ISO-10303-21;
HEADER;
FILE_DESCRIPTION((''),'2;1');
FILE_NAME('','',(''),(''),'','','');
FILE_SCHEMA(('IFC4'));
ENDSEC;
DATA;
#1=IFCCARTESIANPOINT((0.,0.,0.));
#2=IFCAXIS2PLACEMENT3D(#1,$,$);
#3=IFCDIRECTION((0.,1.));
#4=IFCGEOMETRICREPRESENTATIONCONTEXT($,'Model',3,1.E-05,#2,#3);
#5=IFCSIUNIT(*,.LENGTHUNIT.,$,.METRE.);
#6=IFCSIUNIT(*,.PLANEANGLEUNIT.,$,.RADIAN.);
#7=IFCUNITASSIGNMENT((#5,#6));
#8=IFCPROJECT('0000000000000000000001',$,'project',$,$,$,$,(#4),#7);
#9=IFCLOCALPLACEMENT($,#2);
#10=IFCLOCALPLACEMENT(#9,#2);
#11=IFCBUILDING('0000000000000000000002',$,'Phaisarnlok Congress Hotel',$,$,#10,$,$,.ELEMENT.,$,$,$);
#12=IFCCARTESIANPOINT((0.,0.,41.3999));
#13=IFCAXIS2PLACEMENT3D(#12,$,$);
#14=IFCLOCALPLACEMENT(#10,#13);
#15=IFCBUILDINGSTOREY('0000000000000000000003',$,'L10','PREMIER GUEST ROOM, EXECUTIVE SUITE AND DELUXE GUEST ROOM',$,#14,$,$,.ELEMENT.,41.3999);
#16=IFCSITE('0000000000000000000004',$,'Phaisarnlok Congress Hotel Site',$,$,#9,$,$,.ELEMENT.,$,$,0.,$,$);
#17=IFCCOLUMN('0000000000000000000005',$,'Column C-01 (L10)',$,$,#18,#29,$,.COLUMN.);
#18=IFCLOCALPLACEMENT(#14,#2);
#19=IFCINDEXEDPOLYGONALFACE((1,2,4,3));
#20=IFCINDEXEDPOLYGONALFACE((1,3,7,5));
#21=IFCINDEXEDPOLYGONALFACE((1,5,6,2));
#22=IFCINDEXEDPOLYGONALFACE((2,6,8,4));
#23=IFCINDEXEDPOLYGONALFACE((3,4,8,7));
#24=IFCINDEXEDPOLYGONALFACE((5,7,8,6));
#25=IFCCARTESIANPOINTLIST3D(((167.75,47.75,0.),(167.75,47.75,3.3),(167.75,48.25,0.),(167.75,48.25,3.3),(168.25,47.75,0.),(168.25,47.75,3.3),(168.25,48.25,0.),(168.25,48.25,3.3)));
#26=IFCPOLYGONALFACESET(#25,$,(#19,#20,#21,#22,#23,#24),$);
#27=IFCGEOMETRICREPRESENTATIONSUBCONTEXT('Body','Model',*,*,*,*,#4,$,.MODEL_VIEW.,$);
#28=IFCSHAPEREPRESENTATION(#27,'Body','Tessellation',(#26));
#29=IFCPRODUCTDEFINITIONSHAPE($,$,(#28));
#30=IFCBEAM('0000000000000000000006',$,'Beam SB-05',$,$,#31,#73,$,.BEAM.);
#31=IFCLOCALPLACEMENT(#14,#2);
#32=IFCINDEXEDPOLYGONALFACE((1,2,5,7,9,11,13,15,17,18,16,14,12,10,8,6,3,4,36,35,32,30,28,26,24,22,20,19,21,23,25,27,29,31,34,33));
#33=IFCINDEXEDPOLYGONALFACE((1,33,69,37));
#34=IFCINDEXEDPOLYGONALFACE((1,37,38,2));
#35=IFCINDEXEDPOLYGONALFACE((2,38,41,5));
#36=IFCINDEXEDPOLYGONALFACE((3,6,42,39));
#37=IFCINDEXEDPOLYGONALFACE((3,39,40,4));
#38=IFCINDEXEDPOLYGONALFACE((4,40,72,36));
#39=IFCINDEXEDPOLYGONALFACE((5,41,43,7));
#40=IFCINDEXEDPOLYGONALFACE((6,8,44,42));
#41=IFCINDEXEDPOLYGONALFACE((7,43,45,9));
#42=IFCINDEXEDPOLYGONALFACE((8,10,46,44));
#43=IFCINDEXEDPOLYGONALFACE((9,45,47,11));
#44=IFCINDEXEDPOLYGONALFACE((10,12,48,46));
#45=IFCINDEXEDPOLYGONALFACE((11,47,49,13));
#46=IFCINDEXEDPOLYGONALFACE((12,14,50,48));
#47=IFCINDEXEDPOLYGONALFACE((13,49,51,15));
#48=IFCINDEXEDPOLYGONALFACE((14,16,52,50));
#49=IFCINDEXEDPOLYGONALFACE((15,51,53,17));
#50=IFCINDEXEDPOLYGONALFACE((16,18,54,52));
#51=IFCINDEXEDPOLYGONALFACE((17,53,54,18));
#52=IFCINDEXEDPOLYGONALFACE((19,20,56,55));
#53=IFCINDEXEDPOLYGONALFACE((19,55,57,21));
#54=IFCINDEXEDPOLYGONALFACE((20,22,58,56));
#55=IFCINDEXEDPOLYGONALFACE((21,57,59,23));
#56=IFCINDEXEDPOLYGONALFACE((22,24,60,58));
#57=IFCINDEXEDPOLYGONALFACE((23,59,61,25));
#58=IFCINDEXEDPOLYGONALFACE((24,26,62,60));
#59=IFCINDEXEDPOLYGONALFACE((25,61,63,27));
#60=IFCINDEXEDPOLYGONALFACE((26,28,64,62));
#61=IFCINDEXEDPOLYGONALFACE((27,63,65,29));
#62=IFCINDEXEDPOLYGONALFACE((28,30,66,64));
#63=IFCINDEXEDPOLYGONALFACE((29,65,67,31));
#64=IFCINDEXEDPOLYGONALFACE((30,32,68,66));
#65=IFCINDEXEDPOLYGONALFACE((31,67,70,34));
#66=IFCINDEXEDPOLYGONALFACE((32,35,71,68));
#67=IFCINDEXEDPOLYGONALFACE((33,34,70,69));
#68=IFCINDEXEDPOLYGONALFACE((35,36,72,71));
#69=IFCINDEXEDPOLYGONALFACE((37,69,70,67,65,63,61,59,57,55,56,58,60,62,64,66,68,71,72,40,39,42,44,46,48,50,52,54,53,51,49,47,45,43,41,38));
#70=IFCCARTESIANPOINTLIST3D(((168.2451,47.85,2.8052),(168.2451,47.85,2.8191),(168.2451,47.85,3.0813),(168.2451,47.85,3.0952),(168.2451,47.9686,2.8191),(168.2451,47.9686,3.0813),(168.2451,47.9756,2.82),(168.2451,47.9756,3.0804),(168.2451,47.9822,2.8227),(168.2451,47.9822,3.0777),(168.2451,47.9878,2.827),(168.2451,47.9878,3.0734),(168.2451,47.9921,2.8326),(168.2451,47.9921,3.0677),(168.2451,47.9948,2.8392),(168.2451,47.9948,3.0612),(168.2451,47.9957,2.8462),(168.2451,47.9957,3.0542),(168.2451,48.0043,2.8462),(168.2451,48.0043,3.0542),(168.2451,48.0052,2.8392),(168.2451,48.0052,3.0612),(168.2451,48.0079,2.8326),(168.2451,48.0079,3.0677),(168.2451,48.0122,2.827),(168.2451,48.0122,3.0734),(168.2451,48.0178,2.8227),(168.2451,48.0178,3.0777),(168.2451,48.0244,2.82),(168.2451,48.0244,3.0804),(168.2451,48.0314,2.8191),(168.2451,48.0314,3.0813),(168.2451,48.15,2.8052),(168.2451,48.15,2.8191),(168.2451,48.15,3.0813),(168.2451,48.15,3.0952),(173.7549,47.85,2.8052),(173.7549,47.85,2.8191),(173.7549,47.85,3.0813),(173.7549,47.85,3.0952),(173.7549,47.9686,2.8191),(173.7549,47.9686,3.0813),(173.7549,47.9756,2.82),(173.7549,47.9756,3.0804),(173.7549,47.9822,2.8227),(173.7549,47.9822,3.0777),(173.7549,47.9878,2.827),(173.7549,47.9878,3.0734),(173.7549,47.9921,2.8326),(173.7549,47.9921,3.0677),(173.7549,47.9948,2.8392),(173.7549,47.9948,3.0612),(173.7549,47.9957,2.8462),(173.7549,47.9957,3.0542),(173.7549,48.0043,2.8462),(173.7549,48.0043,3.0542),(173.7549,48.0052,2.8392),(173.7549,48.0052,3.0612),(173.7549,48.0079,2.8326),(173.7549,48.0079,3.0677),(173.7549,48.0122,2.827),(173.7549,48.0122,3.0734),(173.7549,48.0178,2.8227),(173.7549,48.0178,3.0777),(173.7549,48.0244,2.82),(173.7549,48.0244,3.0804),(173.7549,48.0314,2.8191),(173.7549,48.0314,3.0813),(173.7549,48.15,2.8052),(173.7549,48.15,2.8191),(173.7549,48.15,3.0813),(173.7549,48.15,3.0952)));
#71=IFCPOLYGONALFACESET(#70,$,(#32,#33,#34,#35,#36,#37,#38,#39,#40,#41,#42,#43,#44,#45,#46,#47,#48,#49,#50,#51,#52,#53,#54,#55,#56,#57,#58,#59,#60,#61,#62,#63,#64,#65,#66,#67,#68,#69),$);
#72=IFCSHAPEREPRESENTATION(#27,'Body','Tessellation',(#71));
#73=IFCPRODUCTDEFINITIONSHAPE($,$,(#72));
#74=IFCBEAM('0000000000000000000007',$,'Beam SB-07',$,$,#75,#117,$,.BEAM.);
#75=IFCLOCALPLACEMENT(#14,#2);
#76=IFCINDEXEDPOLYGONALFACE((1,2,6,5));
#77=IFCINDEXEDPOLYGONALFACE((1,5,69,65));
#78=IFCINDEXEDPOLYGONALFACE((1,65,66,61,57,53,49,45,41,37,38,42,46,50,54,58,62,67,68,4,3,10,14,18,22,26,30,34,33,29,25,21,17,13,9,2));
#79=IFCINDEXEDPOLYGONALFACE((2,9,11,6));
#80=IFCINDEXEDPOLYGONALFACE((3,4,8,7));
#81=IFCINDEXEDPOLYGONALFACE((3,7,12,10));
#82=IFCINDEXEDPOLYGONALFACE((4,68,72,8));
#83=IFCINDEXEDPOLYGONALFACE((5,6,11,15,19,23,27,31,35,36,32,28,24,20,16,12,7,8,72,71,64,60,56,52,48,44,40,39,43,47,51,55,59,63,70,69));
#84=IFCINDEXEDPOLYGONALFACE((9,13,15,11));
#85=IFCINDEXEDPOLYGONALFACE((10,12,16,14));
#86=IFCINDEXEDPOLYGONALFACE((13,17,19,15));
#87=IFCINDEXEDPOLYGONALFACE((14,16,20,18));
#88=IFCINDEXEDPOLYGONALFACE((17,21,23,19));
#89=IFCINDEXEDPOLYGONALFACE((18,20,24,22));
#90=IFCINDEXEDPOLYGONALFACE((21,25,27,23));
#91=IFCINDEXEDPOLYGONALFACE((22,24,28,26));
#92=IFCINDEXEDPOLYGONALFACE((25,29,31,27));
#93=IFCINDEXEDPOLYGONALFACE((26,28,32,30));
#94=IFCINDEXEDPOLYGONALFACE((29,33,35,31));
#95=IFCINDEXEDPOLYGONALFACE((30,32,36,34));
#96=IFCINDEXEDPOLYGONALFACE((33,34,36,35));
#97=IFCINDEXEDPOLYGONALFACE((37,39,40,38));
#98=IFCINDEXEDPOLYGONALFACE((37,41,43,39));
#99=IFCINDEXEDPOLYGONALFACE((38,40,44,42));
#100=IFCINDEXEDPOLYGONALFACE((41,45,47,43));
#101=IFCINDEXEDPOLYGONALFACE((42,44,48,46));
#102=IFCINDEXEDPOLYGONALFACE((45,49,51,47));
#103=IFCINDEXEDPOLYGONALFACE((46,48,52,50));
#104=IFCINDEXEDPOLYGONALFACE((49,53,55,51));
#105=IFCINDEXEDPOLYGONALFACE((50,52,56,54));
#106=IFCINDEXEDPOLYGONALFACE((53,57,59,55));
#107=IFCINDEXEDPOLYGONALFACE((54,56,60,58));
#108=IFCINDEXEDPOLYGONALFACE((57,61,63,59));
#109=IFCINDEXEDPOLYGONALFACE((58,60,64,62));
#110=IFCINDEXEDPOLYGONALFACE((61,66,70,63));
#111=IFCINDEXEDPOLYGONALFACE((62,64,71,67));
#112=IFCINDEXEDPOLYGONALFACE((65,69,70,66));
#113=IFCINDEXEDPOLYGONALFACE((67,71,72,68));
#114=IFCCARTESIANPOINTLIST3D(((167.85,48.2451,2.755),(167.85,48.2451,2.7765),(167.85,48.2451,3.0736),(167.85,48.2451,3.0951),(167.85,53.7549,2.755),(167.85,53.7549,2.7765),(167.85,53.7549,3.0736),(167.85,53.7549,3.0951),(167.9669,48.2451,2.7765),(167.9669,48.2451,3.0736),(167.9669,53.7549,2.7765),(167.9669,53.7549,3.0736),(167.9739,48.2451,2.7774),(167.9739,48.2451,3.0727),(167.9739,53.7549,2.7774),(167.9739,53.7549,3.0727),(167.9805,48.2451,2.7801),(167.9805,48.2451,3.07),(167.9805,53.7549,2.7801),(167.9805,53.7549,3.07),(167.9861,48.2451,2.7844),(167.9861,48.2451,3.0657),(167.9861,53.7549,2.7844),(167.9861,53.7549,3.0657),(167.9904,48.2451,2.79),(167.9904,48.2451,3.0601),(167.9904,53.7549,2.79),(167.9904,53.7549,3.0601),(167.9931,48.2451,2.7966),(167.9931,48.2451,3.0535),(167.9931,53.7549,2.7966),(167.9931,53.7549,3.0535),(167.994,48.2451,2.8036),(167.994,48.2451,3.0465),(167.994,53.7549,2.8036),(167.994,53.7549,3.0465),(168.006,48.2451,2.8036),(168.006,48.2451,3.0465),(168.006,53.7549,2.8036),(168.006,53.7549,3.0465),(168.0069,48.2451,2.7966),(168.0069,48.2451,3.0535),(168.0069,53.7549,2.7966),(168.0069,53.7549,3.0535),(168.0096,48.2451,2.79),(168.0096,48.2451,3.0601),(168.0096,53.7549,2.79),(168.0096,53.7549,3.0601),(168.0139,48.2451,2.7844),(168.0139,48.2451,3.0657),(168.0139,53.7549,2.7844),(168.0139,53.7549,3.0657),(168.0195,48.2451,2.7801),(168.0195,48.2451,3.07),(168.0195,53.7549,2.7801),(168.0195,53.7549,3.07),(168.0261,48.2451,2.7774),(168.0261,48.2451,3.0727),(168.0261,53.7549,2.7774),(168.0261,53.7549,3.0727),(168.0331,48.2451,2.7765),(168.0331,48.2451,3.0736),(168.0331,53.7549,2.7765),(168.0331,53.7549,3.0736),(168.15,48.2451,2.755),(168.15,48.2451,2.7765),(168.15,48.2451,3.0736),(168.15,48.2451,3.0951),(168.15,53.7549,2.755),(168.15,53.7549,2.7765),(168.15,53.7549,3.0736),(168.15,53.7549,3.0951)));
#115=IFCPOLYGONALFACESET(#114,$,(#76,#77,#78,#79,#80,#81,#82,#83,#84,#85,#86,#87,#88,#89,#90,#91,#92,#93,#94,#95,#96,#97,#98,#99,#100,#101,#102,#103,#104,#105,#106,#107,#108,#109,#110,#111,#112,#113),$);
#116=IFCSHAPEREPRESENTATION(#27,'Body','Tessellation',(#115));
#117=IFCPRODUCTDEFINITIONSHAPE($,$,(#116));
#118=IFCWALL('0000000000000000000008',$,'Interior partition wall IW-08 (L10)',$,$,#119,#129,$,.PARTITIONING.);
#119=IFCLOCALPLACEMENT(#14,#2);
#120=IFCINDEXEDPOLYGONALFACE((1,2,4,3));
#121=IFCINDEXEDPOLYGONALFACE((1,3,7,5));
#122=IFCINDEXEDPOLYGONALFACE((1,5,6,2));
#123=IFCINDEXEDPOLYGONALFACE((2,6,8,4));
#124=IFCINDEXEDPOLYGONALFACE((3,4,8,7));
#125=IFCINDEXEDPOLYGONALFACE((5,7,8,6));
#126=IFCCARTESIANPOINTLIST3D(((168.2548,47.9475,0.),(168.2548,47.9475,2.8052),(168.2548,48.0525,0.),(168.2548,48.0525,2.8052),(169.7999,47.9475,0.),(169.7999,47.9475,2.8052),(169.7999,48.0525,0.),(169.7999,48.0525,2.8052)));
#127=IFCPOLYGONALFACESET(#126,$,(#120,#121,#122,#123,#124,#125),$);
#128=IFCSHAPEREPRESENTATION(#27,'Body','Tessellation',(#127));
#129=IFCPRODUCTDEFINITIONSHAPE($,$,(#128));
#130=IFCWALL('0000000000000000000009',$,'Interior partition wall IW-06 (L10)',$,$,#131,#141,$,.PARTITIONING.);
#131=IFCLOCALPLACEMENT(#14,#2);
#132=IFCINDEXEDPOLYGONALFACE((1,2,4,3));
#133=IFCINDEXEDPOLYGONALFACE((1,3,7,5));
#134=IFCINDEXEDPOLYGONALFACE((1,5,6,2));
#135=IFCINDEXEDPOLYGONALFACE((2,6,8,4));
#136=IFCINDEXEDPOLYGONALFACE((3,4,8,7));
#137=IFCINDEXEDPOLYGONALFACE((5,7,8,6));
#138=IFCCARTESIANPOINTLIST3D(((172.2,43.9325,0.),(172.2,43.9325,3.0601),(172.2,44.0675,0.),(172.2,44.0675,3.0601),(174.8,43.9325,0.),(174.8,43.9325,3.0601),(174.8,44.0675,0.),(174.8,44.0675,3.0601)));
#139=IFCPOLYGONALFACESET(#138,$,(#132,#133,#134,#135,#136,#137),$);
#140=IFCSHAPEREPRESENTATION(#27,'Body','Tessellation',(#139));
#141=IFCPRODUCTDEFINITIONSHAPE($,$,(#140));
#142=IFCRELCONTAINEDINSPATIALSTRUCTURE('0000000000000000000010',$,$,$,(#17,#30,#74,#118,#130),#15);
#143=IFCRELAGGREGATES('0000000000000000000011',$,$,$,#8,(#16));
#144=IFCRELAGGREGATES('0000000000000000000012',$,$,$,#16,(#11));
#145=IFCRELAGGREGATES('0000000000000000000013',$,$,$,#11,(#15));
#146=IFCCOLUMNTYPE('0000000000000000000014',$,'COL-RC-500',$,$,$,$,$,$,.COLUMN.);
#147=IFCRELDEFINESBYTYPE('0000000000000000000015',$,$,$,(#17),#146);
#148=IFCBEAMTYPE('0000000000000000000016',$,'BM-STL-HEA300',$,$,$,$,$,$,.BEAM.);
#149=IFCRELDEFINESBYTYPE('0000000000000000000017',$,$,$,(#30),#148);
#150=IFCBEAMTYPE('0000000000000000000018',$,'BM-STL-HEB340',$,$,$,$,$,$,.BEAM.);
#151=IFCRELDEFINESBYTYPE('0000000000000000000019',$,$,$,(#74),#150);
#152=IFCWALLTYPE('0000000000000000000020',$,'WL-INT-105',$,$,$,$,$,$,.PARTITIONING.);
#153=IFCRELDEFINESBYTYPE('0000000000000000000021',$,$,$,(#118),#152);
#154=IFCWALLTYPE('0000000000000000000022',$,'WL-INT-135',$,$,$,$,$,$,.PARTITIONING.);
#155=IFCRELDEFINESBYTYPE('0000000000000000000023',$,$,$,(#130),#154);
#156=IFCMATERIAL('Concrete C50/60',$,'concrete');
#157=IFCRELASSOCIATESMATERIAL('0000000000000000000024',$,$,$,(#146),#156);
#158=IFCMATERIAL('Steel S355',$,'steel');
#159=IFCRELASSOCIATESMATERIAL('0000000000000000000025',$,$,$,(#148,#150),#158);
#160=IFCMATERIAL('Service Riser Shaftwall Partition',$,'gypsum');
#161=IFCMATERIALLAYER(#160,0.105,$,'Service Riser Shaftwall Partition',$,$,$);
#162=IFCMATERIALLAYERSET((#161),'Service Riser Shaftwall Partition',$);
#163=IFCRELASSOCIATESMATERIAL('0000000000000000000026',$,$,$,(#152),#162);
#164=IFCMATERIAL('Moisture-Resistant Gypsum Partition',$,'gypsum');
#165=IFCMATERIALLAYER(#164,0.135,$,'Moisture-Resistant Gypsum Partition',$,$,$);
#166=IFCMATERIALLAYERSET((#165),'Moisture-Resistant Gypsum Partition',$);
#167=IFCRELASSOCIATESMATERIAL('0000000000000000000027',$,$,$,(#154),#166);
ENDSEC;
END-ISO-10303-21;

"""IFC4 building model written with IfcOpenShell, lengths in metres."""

from ifc_helpers import new_model, si_unit, direction, frame, frame_2d, origin, origin_2d, place, context, subcontext, project, spatial, rectangle, i_section, extrude, material, layer, layer_set, material_profile, profile_set, type_object, element, save


model = new_model("IFC4")

# Units and contexts
model_context = context("Model", 3, precision=1e-05, world=origin(), true_north=direction((0.0, 1.0)))
body_context = subcontext(model_context, "Body", "Model", "MODEL_VIEW")
ifc_project = project(units=[si_unit("LENGTHUNIT", "METRE"), si_unit("PLANEANGLEUNIT", "RADIAN")], contexts=[model_context])

# Site, building, storey
site_placement = place(None, origin())
site = spatial("IfcSite", under=ifc_project, at=site_placement, Name="Phaisarnlok Congress Hotel Site", CompositionType="ELEMENT", RefElevation=0.0)
building_placement = place(site_placement, origin())
building = spatial("IfcBuilding", under=site, at=building_placement, Name="Phaisarnlok Congress Hotel", CompositionType="ELEMENT")
storey_placement = place(building_placement, frame((0.0, 0.0, 41.3999)))
storey = spatial("IfcBuildingStorey", under=building, at=storey_placement, Name="L10", Description="PREMIER GUEST ROOM, EXECUTIVE SUITE AND DELUXE GUEST ROOM", CompositionType="ELEMENT", Elevation=41.3999)

# Column
ifc_material_1 = material(Name="Concrete C50/60", Category="concrete")
ifc_material_profile_1 = material_profile(ifc_material_1, rectangle(XDim=0.5, YDim=0.5, at=origin_2d()), Name="RC 500x500")
ifc_profile_set_1 = profile_set([ifc_material_profile_1], Name="Concrete C50/60")
column_type = type_object("IfcColumnType", Name="COL-RC-500", PredefinedType="COLUMN", material=ifc_profile_set_1)
column_placement = place(storey_placement, frame((168.0, 48.0, 0.0), z_axis=(0.0, 0.0, 1.0), x_axis=(1.0, 0.0, 0.0)))
element("IfcColumn", 1, at=column_placement, inside=storey, type_object=column_type, Name="Column C-01 (L10)", PredefinedType="COLUMN", context=body_context, shape_type="SweptSolid", body=[
    extrude(rectangle(XDim=0.5, YDim=0.5, at=origin_2d()), origin(), (0.0, 0.0, 1.0), 3.3),
])

# Beams
ifc_material_2 = material(Name="Steel S355", Category="steel")
ifc_material_profile_2 = material_profile(ifc_material_2, i_section(OverallWidth=0.3, OverallDepth=0.29, WebThickness=0.0085, FlangeThickness=0.0139, FilletRadius=0.0271, at=origin_2d()), Name="HEA 300")
ifc_profile_set_2 = profile_set([ifc_material_profile_2], Name="Steel S355")
beam_type_1 = type_object("IfcBeamType", Name="BM-STL-HEA300", PredefinedType="BEAM", material=ifc_profile_set_2)
beam_1_placement = place(storey_placement, frame((168.2451, 48.0, 2.9502), z_axis=(1.0, 0.0, 0.0), x_axis=(0.0, 1.0, 0.0)))
element("IfcBeam", 2, at=beam_1_placement, inside=storey, type_object=beam_type_1, Name="Beam SB-05", PredefinedType="BEAM", context=body_context, shape_type="SweptSolid", body=[
    extrude(i_section(OverallWidth=0.3, OverallDepth=0.29, WebThickness=0.0085, FlangeThickness=0.0139, FilletRadius=0.0271, at=origin_2d()), origin(), (0.0, 0.0, 1.0), 5.5098),
])
ifc_material_profile_3 = material_profile(ifc_material_2, i_section(OverallWidth=0.3, OverallDepth=0.3401, WebThickness=0.012, FlangeThickness=0.0215, FilletRadius=0.0271, at=origin_2d()), Name="HEB 340")
ifc_profile_set_3 = profile_set([ifc_material_profile_3], Name="Steel S355")
beam_type_2 = type_object("IfcBeamType", Name="BM-STL-HEB340", PredefinedType="BEAM", material=ifc_profile_set_3)
beam_2_placement = place(storey_placement, frame((168.0, 48.2451, 2.925), z_axis=(0.0, 1.0, 0.0), x_axis=(-1.0, 0.0, 0.0)))
element("IfcBeam", 3, at=beam_2_placement, inside=storey, type_object=beam_type_2, Name="Beam SB-07", PredefinedType="BEAM", context=body_context, shape_type="SweptSolid", body=[
    extrude(i_section(OverallWidth=0.3, OverallDepth=0.3401, WebThickness=0.012, FlangeThickness=0.0215, FilletRadius=0.0271, at=origin_2d()), origin(), (0.0, 0.0, 1.0), 5.5098),
])

# Walls
ifc_material_3 = material(Name="Service Riser Shaftwall Partition", Category="gypsum")
ifc_layer_1 = layer(ifc_material_3, 0.105, Name="Service Riser Shaftwall Partition")
ifc_layer_set_1 = layer_set([ifc_layer_1], Name="Service Riser Shaftwall Partition")
wall_type_1 = type_object("IfcWallType", Name="WL-INT-105", PredefinedType="PARTITIONING", material=ifc_layer_set_1)
wall_1_placement = place(storey_placement, frame((168.2549, 48.0, 0.0), z_axis=(0.0, 0.0, 1.0), x_axis=(1.0, 0.0, 0.0)))
element("IfcWall", 4, at=wall_1_placement, inside=storey, type_object=wall_type_1, Name="Interior partition wall IW-08 (L10)", PredefinedType="PARTITIONING", context=body_context, shape_type="SweptSolid", body=[
    extrude(rectangle(XDim=1.5452, YDim=0.105, at=frame_2d((0.7725, 0.0))), origin(), (0.0, 0.0, 1.0), 2.8052),
])
ifc_material_4 = material(Name="Moisture-Resistant Gypsum Partition", Category="gypsum")
ifc_layer_2 = layer(ifc_material_4, 0.135, Name="Moisture-Resistant Gypsum Partition")
ifc_layer_set_2 = layer_set([ifc_layer_2], Name="Moisture-Resistant Gypsum Partition")
wall_type_2 = type_object("IfcWallType", Name="WL-INT-135", PredefinedType="PARTITIONING", material=ifc_layer_set_2)
wall_2_placement = place(storey_placement, frame((172.2, 44.0, 0.0), z_axis=(0.0, 0.0, 1.0), x_axis=(1.0, 0.0, 0.0)))
element("IfcWall", 5, at=wall_2_placement, inside=storey, type_object=wall_type_2, Name="Interior partition wall IW-06 (L10)", PredefinedType="PARTITIONING", context=body_context, shape_type="SweptSolid", body=[
    extrude(rectangle(XDim=2.6001, YDim=0.135, at=frame_2d((1.3, 0.0))), origin(), (0.0, 0.0, 1.0), 3.0601),
])

save(model, "model.ifc")
